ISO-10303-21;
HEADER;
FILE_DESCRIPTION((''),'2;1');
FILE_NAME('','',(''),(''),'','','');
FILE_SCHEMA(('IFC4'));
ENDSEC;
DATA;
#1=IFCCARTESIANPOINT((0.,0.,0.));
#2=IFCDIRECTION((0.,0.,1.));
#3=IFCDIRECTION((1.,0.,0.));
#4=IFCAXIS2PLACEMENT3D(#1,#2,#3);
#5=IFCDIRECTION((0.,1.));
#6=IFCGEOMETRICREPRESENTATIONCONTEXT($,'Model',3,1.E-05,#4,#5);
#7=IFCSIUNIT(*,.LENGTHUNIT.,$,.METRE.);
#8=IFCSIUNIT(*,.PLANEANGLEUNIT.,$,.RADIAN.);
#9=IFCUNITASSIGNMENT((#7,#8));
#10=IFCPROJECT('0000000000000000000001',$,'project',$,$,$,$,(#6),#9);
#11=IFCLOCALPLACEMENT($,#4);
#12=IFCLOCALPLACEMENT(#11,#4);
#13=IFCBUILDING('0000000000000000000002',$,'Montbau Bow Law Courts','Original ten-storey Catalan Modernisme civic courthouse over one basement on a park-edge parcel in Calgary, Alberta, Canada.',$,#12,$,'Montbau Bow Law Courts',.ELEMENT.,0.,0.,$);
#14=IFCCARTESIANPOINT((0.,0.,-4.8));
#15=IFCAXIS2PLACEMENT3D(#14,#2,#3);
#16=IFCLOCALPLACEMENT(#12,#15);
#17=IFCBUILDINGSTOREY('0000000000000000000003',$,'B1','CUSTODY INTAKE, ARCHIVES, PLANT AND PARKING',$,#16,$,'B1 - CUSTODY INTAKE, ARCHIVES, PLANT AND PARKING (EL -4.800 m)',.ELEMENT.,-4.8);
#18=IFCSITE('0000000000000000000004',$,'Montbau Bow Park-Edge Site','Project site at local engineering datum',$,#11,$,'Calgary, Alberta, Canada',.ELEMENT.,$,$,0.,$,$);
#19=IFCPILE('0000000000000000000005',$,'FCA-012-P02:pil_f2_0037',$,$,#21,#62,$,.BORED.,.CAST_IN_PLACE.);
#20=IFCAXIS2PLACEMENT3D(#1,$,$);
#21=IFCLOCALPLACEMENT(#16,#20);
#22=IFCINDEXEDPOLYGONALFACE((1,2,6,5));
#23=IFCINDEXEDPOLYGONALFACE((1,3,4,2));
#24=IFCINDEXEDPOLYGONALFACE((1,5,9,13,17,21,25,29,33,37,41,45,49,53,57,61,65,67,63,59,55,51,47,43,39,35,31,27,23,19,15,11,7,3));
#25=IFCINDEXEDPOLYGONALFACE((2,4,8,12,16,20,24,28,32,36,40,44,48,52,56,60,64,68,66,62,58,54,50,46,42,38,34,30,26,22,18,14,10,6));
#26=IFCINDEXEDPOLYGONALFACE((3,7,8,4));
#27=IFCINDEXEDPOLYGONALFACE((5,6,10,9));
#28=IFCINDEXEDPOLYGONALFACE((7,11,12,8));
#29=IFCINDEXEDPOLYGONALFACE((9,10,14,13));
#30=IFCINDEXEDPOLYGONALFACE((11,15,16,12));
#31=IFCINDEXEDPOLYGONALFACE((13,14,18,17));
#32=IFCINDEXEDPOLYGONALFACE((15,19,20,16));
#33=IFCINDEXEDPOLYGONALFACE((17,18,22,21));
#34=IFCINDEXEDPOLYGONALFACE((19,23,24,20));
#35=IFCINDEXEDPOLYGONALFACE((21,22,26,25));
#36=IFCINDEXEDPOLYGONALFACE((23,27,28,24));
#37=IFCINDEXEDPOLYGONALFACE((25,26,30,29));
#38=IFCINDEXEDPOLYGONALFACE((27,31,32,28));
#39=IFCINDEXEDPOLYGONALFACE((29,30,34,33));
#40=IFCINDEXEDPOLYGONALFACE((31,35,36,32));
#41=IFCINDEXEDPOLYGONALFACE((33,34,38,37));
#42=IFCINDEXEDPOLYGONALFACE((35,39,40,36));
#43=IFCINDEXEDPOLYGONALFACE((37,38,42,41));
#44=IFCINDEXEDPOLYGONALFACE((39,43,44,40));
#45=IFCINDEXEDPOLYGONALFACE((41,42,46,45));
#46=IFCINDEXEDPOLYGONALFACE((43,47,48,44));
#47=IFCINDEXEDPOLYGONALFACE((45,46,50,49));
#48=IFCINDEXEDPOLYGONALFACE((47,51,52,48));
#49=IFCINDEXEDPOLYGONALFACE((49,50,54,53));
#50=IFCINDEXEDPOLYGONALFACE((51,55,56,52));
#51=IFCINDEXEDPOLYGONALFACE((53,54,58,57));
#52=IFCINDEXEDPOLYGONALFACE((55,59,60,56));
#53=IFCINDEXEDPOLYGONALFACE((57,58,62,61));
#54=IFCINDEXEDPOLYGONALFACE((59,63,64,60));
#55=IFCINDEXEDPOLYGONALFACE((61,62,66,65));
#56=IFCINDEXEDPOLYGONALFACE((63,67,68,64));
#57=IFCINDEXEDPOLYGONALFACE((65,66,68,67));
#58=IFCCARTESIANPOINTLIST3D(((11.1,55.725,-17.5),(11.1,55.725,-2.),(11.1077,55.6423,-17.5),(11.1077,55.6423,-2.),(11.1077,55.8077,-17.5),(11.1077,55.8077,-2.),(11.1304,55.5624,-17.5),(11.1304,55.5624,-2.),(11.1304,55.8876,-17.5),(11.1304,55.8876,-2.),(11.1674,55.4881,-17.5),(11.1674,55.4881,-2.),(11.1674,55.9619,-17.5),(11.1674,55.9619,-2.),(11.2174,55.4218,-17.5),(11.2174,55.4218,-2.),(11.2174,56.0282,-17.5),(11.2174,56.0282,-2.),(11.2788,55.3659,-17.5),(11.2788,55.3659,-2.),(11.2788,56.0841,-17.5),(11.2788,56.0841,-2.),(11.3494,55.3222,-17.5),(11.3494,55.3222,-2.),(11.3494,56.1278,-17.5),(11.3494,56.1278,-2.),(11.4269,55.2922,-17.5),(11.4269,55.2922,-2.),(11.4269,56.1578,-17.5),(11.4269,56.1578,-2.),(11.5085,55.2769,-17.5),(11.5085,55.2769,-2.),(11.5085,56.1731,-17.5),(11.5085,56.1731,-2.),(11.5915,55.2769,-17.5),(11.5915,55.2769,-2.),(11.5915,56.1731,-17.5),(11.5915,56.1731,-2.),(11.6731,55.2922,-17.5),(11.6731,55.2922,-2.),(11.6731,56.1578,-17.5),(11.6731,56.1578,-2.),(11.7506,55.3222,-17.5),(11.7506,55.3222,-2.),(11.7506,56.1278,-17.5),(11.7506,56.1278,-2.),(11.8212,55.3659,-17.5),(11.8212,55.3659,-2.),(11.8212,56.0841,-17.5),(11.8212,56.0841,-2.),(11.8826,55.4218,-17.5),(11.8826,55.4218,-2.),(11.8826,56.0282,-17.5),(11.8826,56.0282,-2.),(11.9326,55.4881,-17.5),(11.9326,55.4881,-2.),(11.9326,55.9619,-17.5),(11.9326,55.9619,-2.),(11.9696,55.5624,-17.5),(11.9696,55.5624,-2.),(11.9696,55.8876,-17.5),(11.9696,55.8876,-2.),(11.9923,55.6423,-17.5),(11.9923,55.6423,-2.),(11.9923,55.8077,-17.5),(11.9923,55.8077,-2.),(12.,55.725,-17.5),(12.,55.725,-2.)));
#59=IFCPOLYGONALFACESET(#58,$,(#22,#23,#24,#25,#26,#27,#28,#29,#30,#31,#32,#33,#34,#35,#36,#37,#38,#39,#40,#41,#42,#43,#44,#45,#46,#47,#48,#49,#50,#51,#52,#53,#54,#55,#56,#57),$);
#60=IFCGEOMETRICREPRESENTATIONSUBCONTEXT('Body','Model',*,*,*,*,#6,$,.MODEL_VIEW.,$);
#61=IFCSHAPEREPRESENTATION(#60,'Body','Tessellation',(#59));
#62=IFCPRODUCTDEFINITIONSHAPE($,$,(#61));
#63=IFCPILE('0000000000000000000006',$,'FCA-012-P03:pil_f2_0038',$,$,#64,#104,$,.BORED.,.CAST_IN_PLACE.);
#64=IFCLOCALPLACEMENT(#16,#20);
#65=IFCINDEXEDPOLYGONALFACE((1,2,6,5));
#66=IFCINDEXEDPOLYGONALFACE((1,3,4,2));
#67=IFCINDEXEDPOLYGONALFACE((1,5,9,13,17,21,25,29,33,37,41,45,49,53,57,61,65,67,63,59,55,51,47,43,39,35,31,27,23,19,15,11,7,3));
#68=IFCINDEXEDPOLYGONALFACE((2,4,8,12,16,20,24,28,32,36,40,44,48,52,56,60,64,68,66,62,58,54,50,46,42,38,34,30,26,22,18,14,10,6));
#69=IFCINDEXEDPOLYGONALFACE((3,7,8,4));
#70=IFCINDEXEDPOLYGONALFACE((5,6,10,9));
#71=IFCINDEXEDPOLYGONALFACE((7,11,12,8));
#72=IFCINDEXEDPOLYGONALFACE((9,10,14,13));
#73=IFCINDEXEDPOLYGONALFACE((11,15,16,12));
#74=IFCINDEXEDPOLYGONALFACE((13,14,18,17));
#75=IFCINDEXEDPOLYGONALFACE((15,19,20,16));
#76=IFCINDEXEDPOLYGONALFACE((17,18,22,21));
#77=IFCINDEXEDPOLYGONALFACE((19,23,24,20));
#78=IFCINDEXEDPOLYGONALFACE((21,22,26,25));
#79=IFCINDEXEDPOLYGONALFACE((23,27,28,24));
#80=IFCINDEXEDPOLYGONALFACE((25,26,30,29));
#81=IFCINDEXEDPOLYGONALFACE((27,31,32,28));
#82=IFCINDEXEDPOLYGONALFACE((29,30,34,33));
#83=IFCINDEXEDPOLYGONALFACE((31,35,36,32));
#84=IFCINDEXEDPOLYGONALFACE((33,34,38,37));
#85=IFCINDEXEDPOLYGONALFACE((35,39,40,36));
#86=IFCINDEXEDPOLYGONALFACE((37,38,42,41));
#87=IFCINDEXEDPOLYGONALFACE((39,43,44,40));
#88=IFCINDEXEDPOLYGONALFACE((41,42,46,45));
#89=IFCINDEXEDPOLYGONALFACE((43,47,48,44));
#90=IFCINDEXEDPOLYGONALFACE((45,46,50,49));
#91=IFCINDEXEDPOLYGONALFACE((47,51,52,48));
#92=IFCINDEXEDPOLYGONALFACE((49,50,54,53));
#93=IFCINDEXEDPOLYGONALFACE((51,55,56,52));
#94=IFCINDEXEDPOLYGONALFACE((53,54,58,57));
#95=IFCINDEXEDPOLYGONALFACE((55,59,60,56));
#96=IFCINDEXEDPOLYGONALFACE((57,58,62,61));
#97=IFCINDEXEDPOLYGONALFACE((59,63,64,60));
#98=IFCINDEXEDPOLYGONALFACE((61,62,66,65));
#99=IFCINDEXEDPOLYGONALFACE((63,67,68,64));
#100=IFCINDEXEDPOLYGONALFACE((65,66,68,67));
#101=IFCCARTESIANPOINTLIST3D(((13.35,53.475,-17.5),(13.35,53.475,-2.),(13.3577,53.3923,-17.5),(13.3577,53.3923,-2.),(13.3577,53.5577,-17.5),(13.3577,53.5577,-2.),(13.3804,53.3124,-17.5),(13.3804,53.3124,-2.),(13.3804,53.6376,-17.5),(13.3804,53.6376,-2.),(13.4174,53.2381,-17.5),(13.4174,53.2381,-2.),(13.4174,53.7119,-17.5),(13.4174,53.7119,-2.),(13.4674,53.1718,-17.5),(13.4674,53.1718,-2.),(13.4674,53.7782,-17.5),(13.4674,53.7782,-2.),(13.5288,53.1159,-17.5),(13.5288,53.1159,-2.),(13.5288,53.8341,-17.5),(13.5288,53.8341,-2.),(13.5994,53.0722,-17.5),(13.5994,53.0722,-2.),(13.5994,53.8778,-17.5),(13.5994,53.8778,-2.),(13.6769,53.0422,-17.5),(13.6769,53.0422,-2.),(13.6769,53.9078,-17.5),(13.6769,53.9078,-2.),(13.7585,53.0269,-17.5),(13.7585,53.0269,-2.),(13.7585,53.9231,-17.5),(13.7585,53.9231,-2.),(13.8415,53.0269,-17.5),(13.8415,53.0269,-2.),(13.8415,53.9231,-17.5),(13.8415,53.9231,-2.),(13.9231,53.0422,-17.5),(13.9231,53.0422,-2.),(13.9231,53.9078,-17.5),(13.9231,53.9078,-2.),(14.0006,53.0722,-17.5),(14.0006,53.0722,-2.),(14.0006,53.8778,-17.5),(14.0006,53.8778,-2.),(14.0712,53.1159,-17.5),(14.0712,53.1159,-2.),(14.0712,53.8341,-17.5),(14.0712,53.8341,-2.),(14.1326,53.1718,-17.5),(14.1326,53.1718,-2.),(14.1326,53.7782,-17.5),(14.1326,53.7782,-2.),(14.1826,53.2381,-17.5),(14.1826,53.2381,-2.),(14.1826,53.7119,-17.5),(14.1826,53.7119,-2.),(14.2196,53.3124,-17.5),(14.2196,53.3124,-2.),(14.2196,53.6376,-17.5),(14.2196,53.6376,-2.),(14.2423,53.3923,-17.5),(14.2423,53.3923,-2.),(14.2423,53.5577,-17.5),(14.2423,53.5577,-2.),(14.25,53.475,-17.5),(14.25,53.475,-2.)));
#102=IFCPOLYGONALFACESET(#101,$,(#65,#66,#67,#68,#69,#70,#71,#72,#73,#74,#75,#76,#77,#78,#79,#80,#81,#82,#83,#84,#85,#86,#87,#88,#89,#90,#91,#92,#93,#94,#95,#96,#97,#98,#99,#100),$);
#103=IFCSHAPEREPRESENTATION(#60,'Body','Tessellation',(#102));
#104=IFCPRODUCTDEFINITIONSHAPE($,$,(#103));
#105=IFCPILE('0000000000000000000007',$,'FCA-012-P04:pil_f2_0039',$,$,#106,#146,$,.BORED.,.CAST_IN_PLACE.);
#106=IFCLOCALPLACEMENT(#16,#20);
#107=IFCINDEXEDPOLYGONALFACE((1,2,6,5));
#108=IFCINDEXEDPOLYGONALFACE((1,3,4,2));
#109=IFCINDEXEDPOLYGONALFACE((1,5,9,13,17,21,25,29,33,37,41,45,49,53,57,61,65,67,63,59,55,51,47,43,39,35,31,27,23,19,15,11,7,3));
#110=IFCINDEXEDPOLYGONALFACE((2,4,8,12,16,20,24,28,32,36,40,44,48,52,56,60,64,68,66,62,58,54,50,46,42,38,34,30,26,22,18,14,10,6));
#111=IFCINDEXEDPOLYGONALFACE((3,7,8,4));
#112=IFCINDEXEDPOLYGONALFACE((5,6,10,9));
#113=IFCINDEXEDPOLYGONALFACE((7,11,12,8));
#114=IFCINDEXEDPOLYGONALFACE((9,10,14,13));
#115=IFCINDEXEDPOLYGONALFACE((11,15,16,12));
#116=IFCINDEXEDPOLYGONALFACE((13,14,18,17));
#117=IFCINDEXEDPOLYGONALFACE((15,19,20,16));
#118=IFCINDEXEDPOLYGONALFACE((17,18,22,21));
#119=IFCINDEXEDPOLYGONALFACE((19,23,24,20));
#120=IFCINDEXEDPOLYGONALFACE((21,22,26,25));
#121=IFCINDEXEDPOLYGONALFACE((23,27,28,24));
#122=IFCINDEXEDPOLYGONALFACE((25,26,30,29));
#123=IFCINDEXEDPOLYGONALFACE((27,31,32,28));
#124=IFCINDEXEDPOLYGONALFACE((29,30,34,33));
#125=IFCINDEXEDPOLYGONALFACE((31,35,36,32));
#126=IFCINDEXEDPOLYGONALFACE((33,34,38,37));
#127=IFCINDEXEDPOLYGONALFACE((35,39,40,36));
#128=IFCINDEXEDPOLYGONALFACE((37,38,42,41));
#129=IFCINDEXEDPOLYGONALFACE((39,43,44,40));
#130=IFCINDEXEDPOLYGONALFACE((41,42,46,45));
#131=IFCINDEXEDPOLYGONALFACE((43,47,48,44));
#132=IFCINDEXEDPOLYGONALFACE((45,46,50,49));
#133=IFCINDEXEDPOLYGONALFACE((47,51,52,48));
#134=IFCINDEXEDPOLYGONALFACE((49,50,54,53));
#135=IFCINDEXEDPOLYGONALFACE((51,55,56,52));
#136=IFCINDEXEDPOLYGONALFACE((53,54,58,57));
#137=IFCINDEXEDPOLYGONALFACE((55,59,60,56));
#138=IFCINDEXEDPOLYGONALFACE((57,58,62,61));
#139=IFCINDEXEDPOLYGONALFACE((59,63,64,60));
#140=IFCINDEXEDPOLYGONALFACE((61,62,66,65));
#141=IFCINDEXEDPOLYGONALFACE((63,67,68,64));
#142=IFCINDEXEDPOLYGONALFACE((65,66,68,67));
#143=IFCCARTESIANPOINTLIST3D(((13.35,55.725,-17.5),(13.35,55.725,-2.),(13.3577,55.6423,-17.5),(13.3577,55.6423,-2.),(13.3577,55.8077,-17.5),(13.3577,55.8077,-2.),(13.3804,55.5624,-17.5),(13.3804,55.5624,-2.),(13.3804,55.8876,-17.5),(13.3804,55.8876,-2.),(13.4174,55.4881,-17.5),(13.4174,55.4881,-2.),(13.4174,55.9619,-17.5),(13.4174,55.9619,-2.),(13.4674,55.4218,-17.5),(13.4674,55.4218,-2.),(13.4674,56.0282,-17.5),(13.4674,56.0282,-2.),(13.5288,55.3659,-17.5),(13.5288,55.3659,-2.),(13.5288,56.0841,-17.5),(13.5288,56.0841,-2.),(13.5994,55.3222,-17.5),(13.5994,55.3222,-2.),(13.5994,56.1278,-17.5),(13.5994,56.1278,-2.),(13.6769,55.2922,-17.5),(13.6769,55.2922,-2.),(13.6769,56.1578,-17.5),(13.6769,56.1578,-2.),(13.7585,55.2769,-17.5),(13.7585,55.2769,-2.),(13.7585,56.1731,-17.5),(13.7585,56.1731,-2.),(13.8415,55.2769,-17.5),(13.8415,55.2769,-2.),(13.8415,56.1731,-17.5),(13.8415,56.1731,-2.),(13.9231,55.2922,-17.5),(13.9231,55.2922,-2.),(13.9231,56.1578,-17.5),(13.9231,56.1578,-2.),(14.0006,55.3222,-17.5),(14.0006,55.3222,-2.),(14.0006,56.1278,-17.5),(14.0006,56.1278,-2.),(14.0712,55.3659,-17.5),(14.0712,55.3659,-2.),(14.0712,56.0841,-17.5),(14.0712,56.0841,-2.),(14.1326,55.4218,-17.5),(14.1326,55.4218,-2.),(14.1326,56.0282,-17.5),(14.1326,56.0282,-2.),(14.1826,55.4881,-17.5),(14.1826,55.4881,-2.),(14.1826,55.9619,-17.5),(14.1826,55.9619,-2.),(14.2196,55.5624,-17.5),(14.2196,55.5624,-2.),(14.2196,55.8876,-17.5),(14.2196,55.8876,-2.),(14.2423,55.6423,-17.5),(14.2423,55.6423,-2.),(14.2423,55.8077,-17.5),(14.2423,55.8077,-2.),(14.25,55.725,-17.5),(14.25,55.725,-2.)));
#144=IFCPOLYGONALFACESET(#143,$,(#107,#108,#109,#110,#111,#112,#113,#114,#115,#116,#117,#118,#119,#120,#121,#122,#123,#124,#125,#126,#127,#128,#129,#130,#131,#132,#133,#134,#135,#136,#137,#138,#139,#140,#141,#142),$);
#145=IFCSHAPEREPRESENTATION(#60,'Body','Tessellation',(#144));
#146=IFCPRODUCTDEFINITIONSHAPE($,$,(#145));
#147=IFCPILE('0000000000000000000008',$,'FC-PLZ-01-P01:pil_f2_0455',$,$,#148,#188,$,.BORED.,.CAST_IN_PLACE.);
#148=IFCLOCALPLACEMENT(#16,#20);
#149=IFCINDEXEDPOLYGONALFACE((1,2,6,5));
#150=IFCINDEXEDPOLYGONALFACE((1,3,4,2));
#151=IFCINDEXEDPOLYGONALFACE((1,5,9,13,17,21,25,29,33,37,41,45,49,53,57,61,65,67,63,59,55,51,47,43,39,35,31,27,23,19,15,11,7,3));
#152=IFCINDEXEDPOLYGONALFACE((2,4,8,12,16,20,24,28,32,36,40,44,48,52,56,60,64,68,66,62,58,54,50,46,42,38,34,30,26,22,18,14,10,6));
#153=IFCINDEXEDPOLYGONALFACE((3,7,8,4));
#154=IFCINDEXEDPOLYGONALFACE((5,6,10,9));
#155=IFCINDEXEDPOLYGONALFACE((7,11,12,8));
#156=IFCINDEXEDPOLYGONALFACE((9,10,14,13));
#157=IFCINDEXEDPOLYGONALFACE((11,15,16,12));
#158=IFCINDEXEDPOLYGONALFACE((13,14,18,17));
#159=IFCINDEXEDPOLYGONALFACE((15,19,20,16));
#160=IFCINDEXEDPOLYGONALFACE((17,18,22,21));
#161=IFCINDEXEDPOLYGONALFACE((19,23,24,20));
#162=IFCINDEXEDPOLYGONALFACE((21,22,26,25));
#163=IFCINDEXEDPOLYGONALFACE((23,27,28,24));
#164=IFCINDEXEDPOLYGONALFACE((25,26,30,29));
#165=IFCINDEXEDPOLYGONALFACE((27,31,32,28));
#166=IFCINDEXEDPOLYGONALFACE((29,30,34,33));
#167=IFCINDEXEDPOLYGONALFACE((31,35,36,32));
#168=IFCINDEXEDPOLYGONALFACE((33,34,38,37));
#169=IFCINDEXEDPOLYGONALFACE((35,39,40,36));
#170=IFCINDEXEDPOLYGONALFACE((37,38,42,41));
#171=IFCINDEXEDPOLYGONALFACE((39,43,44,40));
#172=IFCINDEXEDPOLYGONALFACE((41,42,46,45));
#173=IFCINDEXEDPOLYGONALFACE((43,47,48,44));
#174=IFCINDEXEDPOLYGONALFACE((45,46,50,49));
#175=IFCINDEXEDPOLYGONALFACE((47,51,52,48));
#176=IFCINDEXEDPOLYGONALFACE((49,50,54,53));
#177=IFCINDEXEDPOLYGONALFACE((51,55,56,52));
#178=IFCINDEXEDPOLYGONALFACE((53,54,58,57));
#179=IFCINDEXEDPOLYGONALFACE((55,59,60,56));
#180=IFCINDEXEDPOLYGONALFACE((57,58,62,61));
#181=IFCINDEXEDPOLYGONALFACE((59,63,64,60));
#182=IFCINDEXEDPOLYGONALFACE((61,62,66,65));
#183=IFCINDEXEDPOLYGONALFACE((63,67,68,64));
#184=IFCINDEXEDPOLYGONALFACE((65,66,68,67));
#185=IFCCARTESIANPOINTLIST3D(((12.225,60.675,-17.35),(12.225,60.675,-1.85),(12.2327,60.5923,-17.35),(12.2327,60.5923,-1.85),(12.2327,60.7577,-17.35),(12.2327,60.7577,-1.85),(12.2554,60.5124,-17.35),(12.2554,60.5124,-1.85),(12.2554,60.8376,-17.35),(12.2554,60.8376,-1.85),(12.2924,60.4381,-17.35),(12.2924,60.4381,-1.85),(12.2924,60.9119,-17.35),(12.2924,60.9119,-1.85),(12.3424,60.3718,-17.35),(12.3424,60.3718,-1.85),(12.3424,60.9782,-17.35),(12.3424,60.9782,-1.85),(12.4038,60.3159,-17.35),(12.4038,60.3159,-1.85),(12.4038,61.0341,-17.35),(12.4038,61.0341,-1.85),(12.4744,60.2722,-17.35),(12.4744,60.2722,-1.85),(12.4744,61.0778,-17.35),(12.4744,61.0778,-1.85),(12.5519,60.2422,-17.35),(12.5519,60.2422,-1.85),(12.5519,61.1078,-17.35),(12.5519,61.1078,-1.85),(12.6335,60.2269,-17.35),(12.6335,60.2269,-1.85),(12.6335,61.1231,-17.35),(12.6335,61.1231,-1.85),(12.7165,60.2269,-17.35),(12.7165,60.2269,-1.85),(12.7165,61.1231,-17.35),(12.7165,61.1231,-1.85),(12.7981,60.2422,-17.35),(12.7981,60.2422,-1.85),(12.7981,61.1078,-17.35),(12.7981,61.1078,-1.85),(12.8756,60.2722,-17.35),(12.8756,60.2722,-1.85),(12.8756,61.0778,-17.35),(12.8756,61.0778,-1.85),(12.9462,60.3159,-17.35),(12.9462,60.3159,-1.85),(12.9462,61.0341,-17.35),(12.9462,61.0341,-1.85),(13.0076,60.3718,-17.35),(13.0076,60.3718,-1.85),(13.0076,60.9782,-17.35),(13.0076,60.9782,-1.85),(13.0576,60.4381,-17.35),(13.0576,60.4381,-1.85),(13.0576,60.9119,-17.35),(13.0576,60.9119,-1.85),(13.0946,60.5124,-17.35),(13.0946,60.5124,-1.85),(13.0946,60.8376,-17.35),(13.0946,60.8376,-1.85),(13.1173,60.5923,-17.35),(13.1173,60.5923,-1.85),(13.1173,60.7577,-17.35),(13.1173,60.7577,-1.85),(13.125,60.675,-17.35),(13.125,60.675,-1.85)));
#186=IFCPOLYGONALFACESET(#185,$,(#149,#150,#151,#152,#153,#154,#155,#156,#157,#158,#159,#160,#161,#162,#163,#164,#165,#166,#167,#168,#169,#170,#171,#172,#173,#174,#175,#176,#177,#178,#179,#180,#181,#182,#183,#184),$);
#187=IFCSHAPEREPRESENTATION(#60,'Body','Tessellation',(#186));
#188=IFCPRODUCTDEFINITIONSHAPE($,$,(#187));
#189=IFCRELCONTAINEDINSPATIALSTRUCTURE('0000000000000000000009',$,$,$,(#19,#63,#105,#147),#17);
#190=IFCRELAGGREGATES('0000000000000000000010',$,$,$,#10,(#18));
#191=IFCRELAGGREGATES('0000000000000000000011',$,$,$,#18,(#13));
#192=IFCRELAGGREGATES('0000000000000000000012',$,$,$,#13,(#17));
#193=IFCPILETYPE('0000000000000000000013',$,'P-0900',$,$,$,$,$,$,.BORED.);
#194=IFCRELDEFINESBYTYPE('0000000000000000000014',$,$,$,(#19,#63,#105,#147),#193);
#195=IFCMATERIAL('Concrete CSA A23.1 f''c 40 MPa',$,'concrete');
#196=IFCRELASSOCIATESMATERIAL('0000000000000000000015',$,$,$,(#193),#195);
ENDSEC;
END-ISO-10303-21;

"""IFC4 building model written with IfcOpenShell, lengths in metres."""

from ifc_helpers import new_model, si_unit, direction, frame, origin_with_axes, origin_2d_with_axis, place, context, subcontext, project, spatial, circle, extrude, material, material_profile, profile_set, type_object, element, save


model = new_model("IFC4")

# Units and contexts
model_context = context("Model", 3, precision=1e-05, world=origin_with_axes(), true_north=direction((0.0, 1.0)))
body_context = subcontext(model_context, "Body", "Model", "MODEL_VIEW")
ifc_project = project(units=[si_unit("LENGTHUNIT", "METRE"), si_unit("PLANEANGLEUNIT", "RADIAN")], contexts=[model_context])

# Site, building, storey
site_placement = place(None, origin_with_axes())
site = spatial("IfcSite", under=ifc_project, at=site_placement, Name="Montbau Bow Park-Edge Site", Description="Project site at local engineering datum", LongName="Calgary, Alberta, Canada", CompositionType="ELEMENT", RefElevation=0.0)
building_placement = place(site_placement, origin_with_axes())
building = spatial("IfcBuilding", under=site, at=building_placement, Name="Montbau Bow Law Courts", Description="Original ten-storey Catalan Modernisme civic courthouse over one basement on a park-edge parcel in Calgary, Alberta, Canada.", LongName="Montbau Bow Law Courts", CompositionType="ELEMENT", ElevationOfRefHeight=0.0, ElevationOfTerrain=0.0)
storey_placement = place(building_placement, frame((0.0, 0.0, -4.8), z_axis=(0.0, 0.0, 1.0), x_axis=(1.0, 0.0, 0.0)))
storey = spatial("IfcBuildingStorey", under=building, at=storey_placement, Name="B1", Description="CUSTODY INTAKE, ARCHIVES, PLANT AND PARKING", LongName="B1 - CUSTODY INTAKE, ARCHIVES, PLANT AND PARKING (EL -4.800 m)", CompositionType="ELEMENT", Elevation=-4.8)

# Piles
ifc_material_1 = material(Name="Concrete CSA A23.1 f'c 40 MPa", Category="concrete")
ifc_material_profile_1 = material_profile(ifc_material_1, circle(Radius=0.45, at=origin_2d_with_axis()), Name="BP900", Category="Main", Priority=0)
ifc_profile_set_1 = profile_set([ifc_material_profile_1], Name="Concrete CSA A23.1 f'c 40 MPa")
pile_type_1 = type_object("IfcPileType", Name="P-0900", PredefinedType="BORED", material=ifc_profile_set_1)
for number, where, z_axis, x_axis, name in (
    (1, (11.55, 55.725, -22.3), (0.0, 0.0, 1.0), (1.0, 0.0, 0.0), "FCA-012-P02:pil_f2_0037"),
    (2, (13.8, 53.475, -22.3), (0.0, 0.0, 1.0), (1.0, 0.0, 0.0), "FCA-012-P03:pil_f2_0038"),
    (3, (13.8, 55.725, -22.3), (0.0, 0.0, 1.0), (1.0, 0.0, 0.0), "FCA-012-P04:pil_f2_0039"),
    (4, (12.675, 60.675, -22.15), (0.0, 0.0, 1.0), (1.0, 0.0, 0.0), "FC-PLZ-01-P01:pil_f2_0455"),
):
    element("IfcPile", number, at=place(None, frame(where, z_axis=z_axis, x_axis=x_axis)), inside=storey, type_object=pile_type_1, Name=name, ConstructionType="CAST_IN_PLACE", PredefinedType="BORED", context=body_context, shape_type="SweptSolid", body=[
        extrude(circle(Radius=0.45, at=origin_2d_with_axis()), origin_with_axes(), (0.0, 0.0, 1.0), 15.5),
    ])

save(model, "model.ifc")
